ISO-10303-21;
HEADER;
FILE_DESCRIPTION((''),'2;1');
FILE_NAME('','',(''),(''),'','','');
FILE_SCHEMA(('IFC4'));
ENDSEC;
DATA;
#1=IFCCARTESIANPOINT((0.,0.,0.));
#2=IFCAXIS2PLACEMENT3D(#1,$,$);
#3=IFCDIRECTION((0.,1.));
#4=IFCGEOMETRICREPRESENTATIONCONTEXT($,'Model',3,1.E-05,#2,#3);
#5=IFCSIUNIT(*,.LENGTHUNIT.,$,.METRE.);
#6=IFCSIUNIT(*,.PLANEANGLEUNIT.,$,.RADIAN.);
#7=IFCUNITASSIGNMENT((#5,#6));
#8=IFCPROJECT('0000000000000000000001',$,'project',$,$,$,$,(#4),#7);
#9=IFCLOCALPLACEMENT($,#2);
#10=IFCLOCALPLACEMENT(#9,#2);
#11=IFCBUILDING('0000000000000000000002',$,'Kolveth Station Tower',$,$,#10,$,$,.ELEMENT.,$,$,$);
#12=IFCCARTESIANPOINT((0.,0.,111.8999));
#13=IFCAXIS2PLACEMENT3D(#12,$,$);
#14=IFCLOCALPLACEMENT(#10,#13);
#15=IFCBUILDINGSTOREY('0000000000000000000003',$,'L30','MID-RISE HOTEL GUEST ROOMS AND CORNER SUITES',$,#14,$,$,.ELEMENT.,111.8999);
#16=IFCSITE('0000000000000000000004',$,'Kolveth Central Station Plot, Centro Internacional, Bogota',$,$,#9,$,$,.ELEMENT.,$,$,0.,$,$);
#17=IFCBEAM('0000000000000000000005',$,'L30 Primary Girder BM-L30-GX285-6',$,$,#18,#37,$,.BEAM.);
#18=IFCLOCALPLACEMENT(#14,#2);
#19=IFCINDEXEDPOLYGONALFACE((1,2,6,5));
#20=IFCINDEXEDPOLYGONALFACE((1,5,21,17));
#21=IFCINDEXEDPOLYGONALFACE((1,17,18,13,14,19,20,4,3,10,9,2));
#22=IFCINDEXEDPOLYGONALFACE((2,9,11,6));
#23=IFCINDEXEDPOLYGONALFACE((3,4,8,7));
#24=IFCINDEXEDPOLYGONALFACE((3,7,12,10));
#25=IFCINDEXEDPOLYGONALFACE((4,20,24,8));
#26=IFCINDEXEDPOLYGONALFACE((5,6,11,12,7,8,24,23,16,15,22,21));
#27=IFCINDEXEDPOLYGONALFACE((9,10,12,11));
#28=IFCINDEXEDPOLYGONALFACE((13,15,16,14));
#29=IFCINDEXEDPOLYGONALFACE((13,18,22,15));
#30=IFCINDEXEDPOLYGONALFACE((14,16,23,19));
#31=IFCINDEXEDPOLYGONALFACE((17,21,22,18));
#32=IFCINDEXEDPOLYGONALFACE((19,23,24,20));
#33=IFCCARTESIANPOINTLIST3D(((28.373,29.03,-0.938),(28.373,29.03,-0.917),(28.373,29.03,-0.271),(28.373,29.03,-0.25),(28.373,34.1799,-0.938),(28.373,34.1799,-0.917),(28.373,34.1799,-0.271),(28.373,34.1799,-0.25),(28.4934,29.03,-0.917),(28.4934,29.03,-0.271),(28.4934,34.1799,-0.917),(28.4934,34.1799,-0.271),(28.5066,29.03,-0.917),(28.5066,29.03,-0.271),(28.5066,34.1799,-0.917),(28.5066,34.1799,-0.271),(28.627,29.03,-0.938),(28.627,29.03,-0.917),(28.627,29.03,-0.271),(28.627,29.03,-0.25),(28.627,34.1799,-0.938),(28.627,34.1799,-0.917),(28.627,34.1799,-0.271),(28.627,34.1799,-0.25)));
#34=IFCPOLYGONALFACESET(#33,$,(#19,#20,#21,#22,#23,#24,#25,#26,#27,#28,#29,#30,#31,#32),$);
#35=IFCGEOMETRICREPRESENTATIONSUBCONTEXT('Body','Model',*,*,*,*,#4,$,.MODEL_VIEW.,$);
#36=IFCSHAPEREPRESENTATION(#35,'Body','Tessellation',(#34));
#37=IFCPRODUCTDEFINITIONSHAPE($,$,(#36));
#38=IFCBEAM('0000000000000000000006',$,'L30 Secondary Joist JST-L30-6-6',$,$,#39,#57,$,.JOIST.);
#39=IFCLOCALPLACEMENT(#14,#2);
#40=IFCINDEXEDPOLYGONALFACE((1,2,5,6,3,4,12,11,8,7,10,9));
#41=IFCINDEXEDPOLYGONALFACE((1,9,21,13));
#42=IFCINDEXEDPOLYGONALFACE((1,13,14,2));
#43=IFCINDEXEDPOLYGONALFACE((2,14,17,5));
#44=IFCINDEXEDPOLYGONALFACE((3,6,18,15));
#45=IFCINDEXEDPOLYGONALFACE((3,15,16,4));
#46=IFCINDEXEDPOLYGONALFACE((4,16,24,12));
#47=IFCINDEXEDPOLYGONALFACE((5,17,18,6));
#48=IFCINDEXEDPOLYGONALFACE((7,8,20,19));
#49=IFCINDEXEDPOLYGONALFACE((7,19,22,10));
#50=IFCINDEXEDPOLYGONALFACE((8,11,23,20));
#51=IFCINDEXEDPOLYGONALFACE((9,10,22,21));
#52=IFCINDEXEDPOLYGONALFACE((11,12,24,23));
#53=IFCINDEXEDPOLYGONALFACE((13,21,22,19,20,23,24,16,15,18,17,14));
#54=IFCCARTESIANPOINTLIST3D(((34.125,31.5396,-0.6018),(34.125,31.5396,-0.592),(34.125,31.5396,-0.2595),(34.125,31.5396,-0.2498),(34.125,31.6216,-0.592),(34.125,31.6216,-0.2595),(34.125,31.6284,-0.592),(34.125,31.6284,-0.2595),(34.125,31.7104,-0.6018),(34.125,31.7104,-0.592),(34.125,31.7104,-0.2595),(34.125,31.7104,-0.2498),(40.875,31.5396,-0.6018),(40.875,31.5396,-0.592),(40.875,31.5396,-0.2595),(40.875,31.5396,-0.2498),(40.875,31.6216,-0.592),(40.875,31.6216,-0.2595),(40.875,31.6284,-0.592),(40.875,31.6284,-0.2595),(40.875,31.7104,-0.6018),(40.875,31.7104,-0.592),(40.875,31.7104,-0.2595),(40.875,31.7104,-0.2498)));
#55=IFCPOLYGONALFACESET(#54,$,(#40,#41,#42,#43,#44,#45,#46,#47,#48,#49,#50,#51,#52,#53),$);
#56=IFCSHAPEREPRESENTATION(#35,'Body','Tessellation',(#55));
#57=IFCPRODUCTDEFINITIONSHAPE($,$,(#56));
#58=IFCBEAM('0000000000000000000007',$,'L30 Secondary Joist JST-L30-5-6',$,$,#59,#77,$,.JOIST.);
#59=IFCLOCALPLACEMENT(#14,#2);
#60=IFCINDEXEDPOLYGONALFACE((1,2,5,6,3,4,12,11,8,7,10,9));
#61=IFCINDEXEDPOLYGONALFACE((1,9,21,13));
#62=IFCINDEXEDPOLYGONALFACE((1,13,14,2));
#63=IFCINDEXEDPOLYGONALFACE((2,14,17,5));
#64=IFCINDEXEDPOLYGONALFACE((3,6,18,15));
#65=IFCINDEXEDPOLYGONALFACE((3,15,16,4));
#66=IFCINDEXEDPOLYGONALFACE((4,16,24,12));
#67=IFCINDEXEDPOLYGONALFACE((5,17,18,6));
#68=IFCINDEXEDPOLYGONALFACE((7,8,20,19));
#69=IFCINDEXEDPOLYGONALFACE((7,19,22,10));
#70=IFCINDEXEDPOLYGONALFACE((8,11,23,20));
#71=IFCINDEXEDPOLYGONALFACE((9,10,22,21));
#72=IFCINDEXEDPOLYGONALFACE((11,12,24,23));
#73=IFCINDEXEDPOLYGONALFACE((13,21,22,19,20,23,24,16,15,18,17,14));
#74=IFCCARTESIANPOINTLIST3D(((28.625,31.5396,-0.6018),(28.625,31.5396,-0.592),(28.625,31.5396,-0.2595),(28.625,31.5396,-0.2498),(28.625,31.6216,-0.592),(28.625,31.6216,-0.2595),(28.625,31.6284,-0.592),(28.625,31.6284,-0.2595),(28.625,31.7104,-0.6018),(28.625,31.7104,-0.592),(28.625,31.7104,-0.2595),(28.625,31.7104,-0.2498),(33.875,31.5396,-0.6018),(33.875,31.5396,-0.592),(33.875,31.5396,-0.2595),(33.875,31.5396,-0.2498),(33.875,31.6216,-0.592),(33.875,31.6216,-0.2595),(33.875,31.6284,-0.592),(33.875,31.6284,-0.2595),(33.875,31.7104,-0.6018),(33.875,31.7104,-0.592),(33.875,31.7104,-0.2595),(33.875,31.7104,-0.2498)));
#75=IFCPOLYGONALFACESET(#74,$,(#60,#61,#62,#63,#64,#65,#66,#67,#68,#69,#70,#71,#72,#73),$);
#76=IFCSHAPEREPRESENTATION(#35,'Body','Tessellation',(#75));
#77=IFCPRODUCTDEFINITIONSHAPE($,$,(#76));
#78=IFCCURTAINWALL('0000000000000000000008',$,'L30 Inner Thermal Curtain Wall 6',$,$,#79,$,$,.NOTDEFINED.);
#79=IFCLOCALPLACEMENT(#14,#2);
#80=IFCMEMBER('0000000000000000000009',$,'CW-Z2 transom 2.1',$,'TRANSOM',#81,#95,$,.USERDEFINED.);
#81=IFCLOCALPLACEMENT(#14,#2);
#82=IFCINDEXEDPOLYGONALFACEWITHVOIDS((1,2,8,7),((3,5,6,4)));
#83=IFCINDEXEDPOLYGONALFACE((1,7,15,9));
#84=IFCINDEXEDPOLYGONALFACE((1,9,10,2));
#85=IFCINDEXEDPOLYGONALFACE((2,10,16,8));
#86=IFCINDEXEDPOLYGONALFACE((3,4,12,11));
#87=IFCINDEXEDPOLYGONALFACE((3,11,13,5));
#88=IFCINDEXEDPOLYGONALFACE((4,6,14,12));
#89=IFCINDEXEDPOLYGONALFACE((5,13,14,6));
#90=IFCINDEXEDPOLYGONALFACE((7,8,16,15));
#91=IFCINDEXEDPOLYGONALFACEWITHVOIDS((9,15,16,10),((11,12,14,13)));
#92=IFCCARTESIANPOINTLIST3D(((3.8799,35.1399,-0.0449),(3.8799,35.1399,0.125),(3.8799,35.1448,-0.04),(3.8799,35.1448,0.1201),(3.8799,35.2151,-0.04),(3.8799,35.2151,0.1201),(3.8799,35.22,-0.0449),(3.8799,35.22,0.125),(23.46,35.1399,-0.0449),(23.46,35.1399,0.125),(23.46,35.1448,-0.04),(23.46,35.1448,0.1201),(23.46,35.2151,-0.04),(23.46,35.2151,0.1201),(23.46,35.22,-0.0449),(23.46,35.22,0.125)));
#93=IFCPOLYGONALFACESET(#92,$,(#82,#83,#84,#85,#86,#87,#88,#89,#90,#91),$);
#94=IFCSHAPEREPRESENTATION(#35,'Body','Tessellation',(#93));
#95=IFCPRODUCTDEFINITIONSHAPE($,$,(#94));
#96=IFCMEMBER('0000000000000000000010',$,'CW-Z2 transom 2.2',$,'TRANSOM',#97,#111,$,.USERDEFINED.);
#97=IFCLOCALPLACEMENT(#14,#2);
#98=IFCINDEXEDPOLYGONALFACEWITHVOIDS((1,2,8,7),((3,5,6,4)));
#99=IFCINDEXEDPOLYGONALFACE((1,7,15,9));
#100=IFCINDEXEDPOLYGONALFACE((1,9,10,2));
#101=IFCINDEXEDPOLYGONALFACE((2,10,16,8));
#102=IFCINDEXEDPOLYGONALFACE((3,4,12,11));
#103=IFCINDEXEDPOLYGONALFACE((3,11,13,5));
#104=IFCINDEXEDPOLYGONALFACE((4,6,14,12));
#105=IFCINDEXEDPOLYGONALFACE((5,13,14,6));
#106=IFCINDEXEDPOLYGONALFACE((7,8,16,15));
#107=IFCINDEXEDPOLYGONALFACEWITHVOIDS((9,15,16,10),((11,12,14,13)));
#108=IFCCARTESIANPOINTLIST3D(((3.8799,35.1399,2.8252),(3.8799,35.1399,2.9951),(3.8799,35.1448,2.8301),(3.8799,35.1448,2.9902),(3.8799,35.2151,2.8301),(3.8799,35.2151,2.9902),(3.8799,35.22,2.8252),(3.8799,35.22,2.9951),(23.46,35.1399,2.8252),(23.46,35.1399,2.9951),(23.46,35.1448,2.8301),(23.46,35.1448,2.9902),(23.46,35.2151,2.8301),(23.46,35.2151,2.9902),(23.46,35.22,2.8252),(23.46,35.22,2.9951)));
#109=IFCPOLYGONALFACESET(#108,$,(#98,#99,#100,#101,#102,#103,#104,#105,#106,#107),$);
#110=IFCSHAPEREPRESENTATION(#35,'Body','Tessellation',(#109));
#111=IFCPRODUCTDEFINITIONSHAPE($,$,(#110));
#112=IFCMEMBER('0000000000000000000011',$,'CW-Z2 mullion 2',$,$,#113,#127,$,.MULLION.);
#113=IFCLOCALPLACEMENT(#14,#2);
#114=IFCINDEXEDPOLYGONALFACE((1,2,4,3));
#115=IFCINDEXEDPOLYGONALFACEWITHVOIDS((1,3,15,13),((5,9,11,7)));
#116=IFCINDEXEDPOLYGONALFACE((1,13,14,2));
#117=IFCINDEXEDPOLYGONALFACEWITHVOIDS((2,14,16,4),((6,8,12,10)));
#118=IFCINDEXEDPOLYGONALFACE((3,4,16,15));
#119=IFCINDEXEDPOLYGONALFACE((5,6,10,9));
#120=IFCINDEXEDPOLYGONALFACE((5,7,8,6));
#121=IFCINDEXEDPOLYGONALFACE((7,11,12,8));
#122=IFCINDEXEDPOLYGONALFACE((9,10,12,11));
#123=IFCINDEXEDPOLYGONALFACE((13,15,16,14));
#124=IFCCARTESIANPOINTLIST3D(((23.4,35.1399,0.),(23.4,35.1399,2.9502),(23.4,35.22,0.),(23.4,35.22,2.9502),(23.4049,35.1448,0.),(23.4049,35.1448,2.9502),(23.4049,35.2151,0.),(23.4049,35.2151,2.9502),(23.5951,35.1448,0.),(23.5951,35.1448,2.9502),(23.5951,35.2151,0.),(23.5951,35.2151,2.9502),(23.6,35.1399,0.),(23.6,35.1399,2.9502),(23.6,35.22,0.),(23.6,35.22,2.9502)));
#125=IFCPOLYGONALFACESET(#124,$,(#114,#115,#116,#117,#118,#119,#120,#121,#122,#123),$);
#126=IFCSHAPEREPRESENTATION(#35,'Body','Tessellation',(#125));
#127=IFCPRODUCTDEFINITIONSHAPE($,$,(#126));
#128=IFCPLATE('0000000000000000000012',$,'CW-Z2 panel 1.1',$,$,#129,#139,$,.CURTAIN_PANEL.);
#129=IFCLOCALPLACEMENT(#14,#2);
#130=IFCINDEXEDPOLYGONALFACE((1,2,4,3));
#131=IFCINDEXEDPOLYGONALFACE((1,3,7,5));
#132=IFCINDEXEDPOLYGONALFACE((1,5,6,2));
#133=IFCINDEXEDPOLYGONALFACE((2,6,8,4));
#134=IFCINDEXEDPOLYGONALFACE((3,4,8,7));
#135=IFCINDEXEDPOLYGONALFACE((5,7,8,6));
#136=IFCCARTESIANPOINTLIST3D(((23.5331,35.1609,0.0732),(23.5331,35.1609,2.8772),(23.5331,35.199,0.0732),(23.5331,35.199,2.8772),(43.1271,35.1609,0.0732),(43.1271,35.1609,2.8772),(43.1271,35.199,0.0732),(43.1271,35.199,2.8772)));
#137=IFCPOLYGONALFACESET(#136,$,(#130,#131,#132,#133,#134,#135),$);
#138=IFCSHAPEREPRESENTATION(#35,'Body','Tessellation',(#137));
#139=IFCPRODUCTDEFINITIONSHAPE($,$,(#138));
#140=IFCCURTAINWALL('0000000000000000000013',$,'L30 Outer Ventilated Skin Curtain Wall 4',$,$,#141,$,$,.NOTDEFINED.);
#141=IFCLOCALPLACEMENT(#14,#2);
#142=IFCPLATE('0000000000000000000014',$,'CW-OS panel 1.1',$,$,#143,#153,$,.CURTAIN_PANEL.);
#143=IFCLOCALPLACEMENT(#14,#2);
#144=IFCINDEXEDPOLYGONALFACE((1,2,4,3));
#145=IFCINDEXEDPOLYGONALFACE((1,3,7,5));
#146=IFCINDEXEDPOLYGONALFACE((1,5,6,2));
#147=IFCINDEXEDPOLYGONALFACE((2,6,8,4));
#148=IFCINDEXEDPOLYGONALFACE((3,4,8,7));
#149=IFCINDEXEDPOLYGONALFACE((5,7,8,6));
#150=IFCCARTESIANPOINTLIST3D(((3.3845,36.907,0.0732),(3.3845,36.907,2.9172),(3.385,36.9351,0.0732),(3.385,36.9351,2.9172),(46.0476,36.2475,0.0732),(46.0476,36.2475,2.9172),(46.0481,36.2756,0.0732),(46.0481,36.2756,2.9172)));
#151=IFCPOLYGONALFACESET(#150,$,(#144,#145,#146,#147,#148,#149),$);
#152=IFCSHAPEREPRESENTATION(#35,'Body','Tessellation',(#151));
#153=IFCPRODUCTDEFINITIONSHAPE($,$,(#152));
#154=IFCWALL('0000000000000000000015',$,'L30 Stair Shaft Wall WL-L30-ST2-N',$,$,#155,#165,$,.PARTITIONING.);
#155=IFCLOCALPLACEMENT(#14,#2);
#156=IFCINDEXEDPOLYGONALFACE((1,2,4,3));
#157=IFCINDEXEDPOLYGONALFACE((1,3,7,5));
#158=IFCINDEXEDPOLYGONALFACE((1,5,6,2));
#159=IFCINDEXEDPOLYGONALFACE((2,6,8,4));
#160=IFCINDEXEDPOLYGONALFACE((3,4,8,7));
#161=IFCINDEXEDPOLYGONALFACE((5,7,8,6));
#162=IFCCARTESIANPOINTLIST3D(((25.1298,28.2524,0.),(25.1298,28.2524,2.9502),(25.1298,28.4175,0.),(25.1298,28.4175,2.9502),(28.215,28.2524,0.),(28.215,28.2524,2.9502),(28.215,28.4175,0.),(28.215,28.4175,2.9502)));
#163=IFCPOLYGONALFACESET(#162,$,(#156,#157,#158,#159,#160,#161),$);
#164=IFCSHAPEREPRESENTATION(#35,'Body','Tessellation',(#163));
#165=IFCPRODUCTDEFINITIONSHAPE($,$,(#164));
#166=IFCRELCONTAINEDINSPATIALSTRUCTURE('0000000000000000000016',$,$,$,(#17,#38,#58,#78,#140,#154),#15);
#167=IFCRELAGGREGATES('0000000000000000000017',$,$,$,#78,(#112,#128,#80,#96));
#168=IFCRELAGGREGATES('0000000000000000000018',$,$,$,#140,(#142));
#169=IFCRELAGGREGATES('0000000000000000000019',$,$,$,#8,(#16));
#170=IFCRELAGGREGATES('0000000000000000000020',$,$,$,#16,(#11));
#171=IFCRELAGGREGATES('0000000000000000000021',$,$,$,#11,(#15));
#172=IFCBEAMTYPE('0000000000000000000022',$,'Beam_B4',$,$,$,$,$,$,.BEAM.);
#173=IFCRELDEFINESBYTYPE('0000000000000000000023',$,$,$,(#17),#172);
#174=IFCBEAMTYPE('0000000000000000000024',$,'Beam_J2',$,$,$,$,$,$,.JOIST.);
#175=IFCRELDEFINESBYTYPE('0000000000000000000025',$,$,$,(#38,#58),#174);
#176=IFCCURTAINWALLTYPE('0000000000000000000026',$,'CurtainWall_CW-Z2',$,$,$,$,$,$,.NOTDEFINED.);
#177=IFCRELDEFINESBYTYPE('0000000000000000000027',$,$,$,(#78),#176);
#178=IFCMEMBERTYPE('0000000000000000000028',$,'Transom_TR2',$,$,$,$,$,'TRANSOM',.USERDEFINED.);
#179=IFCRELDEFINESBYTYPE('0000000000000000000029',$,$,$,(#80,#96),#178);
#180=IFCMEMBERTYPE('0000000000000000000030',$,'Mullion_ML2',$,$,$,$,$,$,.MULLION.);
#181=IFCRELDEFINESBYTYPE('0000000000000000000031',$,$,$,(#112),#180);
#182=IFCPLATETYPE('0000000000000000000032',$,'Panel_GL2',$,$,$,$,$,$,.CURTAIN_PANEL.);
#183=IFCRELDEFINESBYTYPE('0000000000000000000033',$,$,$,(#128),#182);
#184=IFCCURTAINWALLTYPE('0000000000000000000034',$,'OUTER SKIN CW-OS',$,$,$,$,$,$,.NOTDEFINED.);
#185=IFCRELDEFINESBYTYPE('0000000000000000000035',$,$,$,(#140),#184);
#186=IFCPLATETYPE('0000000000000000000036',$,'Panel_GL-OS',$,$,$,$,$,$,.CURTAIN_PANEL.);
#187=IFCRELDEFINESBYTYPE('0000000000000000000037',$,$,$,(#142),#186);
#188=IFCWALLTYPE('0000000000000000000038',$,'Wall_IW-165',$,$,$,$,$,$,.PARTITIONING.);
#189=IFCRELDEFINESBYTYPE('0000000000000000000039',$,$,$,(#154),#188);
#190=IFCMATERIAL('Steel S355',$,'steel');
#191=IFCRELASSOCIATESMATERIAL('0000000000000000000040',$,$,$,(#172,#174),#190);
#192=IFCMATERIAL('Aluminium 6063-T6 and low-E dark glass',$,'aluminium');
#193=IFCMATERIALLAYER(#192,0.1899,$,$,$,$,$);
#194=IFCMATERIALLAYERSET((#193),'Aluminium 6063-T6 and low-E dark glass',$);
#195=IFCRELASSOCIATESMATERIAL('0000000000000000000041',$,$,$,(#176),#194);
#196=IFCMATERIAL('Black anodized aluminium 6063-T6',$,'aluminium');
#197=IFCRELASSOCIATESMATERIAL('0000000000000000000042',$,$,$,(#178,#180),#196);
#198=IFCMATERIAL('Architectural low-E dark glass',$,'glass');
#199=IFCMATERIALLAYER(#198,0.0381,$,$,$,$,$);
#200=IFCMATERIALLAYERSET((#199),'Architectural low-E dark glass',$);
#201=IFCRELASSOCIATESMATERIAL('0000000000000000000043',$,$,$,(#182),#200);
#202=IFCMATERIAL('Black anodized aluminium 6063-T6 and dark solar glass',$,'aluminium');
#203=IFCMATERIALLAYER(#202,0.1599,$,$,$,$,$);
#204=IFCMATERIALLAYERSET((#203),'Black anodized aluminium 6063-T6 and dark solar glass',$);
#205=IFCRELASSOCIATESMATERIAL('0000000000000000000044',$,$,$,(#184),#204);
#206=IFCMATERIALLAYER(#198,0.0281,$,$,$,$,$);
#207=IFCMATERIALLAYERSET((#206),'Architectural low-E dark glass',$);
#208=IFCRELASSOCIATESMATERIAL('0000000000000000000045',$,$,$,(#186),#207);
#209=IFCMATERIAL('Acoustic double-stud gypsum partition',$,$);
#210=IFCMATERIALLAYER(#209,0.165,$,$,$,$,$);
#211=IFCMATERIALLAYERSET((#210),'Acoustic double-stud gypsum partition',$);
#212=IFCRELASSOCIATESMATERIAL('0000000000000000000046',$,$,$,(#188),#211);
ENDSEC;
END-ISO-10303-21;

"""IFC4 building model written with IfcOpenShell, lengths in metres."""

from ifc_helpers import new_model, si_unit, direction, frame, frame_2d, origin, origin_2d, place, context, subcontext, project, spatial, rectangle, hollow_rectangle, i_section, extrude, source, transform, mapped, material, layer, layer_set, material_profile, profile_set, type_object, element, aggregate, save


model = new_model("IFC4")

# Units and contexts
model_context = context("Model", 3, precision=1e-05, world=origin(), true_north=direction((0.0, 1.0)))
body_context = subcontext(model_context, "Body", "Model", "MODEL_VIEW")
ifc_project = project(units=[si_unit("LENGTHUNIT", "METRE"), si_unit("PLANEANGLEUNIT", "RADIAN")], contexts=[model_context])

# Site, building, storey
site_placement = place(None, origin())
site = spatial("IfcSite", under=ifc_project, at=site_placement, Name="Kolveth Central Station Plot, Centro Internacional, Bogota", CompositionType="ELEMENT", RefElevation=0.0)
building_placement = place(site_placement, origin())
building = spatial("IfcBuilding", under=site, at=building_placement, Name="Kolveth Station Tower", CompositionType="ELEMENT")
storey_placement = place(building_placement, frame((0.0, 0.0, 111.8999)))
storey = spatial("IfcBuildingStorey", under=building, at=storey_placement, Name="L30", Description="MID-RISE HOTEL GUEST ROOMS AND CORNER SUITES", CompositionType="ELEMENT", Elevation=111.8999)

# Shared definitions
ifc_material_1 = material(Name="Steel S355", Category="steel")

# Beams
ifc_material_profile_1 = material_profile(ifc_material_1, i_section(OverallWidth=0.2539, OverallDepth=0.688, WebThickness=0.0132, FlangeThickness=0.021, at=origin_2d()), Name="W690x152")
ifc_profile_set_1 = profile_set([ifc_material_profile_1], Name="Steel S355")
beam_type_1 = type_object("IfcBeamType", Name="Beam_B4", PredefinedType="BEAM", material=ifc_profile_set_1)
shared_shape_1 = source(origin(), body_context, "Body", "SweptSolid", [
    extrude(i_section(OverallWidth=0.2539, OverallDepth=0.688, WebThickness=0.0132, FlangeThickness=0.021, at=origin_2d()), origin(), (0.0, 0.0, 1.0), 5.1499),
])
beam_1_placement = place(storey_placement, frame((28.5, 29.03, -0.594), z_axis=(0.0, 1.0, 0.0), x_axis=(-1.0, 0.0, 0.0)))
element("IfcBeam", 1, at=beam_1_placement, inside=storey, type_object=beam_type_1, Name="L30 Primary Girder BM-L30-GX285-6", PredefinedType="BEAM", context=body_context, shape_type="MappedRepresentation", body=[
    mapped(shared_shape_1, transform((0.0, 0.0, 0.0), x_axis=(1.0, 0.0, 0.0), y_axis=(0.0, 1.0, 0.0), z_axis=(0.0, 0.0, 1.0), scale=1.0)),
])
ifc_material_profile_2 = material_profile(ifc_material_1, i_section(OverallWidth=0.1709, OverallDepth=0.3521, WebThickness=0.0068, FlangeThickness=0.0098, at=origin_2d()), Name="W360x44")
ifc_profile_set_2 = profile_set([ifc_material_profile_2], Name="Steel S355")
beam_type_2 = type_object("IfcBeamType", Name="Beam_J2", PredefinedType="JOIST", material=ifc_profile_set_2)
shared_shape_2 = source(origin(), body_context, "Body", "SweptSolid", [
    extrude(i_section(OverallWidth=0.1709, OverallDepth=0.3521, WebThickness=0.0068, FlangeThickness=0.0098, at=origin_2d()), origin(), (0.0, 0.0, 1.0), 6.75),
])
beam_2_placement = place(storey_placement, frame((34.125, 31.625, -0.4258), z_axis=(1.0, 0.0, 0.0), x_axis=(0.0, 1.0, 0.0)))
element("IfcBeam", 2, at=beam_2_placement, inside=storey, type_object=beam_type_2, Name="L30 Secondary Joist JST-L30-6-6", PredefinedType="JOIST", context=body_context, shape_type="MappedRepresentation", body=[
    mapped(shared_shape_2, transform((0.0, 0.0, 0.0), x_axis=(1.0, 0.0, 0.0), y_axis=(0.0, 1.0, 0.0), z_axis=(0.0, 0.0, 1.0), scale=1.0)),
])
shared_shape_3 = source(origin(), body_context, "Body", "SweptSolid", [
    extrude(i_section(OverallWidth=0.1709, OverallDepth=0.3521, WebThickness=0.0068, FlangeThickness=0.0098, at=origin_2d()), origin(), (0.0, 0.0, 1.0), 5.25),
])
beam_3_placement = place(storey_placement, frame((28.625, 31.625, -0.4258), z_axis=(1.0, 0.0, 0.0), x_axis=(0.0, 1.0, 0.0)))
element("IfcBeam", 3, at=beam_3_placement, inside=storey, type_object=beam_type_2, Name="L30 Secondary Joist JST-L30-5-6", PredefinedType="JOIST", context=body_context, shape_type="MappedRepresentation", body=[
    mapped(shared_shape_3, transform((0.0, 0.0, 0.0), x_axis=(1.0, 0.0, 0.0), y_axis=(0.0, 1.0, 0.0), z_axis=(0.0, 0.0, 1.0), scale=1.0)),
])

# Curtain wall, members, plate
ifc_material_2 = material(Name="Aluminium 6063-T6 and low-E dark glass", Category="aluminium")
ifc_layer_1 = layer(ifc_material_2, 0.1899)
ifc_layer_set_1 = layer_set([ifc_layer_1], Name="Aluminium 6063-T6 and low-E dark glass")
curtain_wall_type_1 = type_object("IfcCurtainWallType", Name="CurtainWall_CW-Z2", PredefinedType="NOTDEFINED", material=ifc_layer_set_1)
curtain_wall_1_placement = place(storey_placement, origin())
curtain_wall_1 = element("IfcCurtainWall", 4, at=curtain_wall_1_placement, inside=storey, type_object=curtain_wall_type_1, Name="L30 Inner Thermal Curtain Wall 6", PredefinedType="NOTDEFINED")
ifc_material_3 = material(Name="Black anodized aluminium 6063-T6", Category="aluminium")
ifc_material_profile_3 = material_profile(ifc_material_3, hollow_rectangle(XDim=0.0801, YDim=0.1699, WallThickness=0.0049, at=origin_2d()), Name="ALU-80x170x5")
ifc_profile_set_3 = profile_set([ifc_material_profile_3], Name="Black anodized aluminium 6063-T6")
member_type_1 = type_object("IfcMemberType", Name="Transom_TR2", ElementType="TRANSOM", PredefinedType="USERDEFINED", material=ifc_profile_set_3)
shared_shape_4 = source(origin(), body_context, "Body", "SweptSolid", [
    extrude(hollow_rectangle(XDim=0.0801, YDim=0.1699, WallThickness=0.0049, at=origin_2d()), origin(), (0.0, 0.0, 1.0), 19.5801),
])
member_1_placement = place(storey_placement, frame((23.46, 35.1799, 0.04), z_axis=(-1.0, 0.0, 0.0), x_axis=(0.0, -1.0, 0.0)))
member_1 = element("IfcMember", 5, at=member_1_placement, type_object=member_type_1, Name="CW-Z2 transom 2.1", ObjectType="TRANSOM", PredefinedType="USERDEFINED", context=body_context, shape_type="MappedRepresentation", body=[
    mapped(shared_shape_4, transform((0.0, 0.0, 0.0), x_axis=(1.0, 0.0, 0.0), y_axis=(0.0, 1.0, 0.0), z_axis=(0.0, 0.0, 1.0), scale=1.0)),
])
member_2_placement = place(storey_placement, frame((23.46, 35.1799, 2.9102), z_axis=(-1.0, 0.0, 0.0), x_axis=(0.0, -1.0, 0.0)))
member_2 = element("IfcMember", 6, at=member_2_placement, type_object=member_type_1, Name="CW-Z2 transom 2.2", ObjectType="TRANSOM", PredefinedType="USERDEFINED", context=body_context, shape_type="MappedRepresentation", body=[
    mapped(shared_shape_4, transform((0.0, 0.0, 0.0), x_axis=(1.0, 0.0, 0.0), y_axis=(0.0, 1.0, 0.0), z_axis=(0.0, 0.0, 1.0), scale=1.0)),
])
ifc_material_profile_4 = material_profile(ifc_material_3, hollow_rectangle(XDim=0.0801, YDim=0.2, WallThickness=0.0049, at=origin_2d()), Name="ALU-80x200x5")
ifc_profile_set_4 = profile_set([ifc_material_profile_4], Name="Black anodized aluminium 6063-T6")
member_type_2 = type_object("IfcMemberType", Name="Mullion_ML2", PredefinedType="MULLION", material=ifc_profile_set_4)
shared_shape_5 = source(origin(), body_context, "Body", "SweptSolid", [
    extrude(hollow_rectangle(XDim=0.0801, YDim=0.2, WallThickness=0.0049, at=origin_2d()), origin(), (0.0, 0.0, 1.0), 2.9502),
])
member_3_placement = place(storey_placement, frame((23.5, 35.1799, 0.0), z_axis=(0.0, 0.0, 1.0), x_axis=(0.0, -1.0, 0.0)))
member_3 = element("IfcMember", 7, at=member_3_placement, type_object=member_type_2, Name="CW-Z2 mullion 2", PredefinedType="MULLION", context=body_context, shape_type="MappedRepresentation", body=[
    mapped(shared_shape_5, transform((0.0, 0.0, 0.0), x_axis=(1.0, 0.0, 0.0), y_axis=(0.0, 1.0, 0.0), z_axis=(0.0, 0.0, 1.0), scale=1.0)),
])
ifc_material_4 = material(Name="Architectural low-E dark glass", Category="glass")
ifc_layer_2 = layer(ifc_material_4, 0.0381)
ifc_layer_set_2 = layer_set([ifc_layer_2], Name="Architectural low-E dark glass")
plate_type_1 = type_object("IfcPlateType", Name="Panel_GL2", PredefinedType="CURTAIN_PANEL", material=ifc_layer_set_2)
shared_shape_6 = source(origin(), body_context, "Body", "SweptSolid", [
    extrude(rectangle(XDim=19.594, YDim=0.0381, at=origin_2d()), origin(), (0.0, 0.0, 1.0), 2.804),
])
plate_1_placement = place(storey_placement, frame((33.3301, 35.1799, 0.0732), z_axis=(0.0, 0.0, 1.0), x_axis=(-1.0, 0.0, 0.0)))
plate_1 = element("IfcPlate", 8, at=plate_1_placement, type_object=plate_type_1, Name="CW-Z2 panel 1.1", PredefinedType="CURTAIN_PANEL", context=body_context, shape_type="MappedRepresentation", body=[
    mapped(shared_shape_6, transform((0.0, 0.0, 0.0), x_axis=(1.0, 0.0, 0.0), y_axis=(0.0, 1.0, 0.0), z_axis=(0.0, 0.0, 1.0), scale=1.0)),
])
aggregate(curtain_wall_1, [member_3, plate_1, member_1, member_2])

# Curtain wall, plate
ifc_material_5 = material(Name="Black anodized aluminium 6063-T6 and dark solar glass", Category="aluminium")
ifc_layer_3 = layer(ifc_material_5, 0.1599)
ifc_layer_set_3 = layer_set([ifc_layer_3], Name="Black anodized aluminium 6063-T6 and dark solar glass")
curtain_wall_type_2 = type_object("IfcCurtainWallType", Name="OUTER SKIN CW-OS", PredefinedType="NOTDEFINED", material=ifc_layer_set_3)
curtain_wall_2_placement = place(storey_placement, origin())
curtain_wall_2 = element("IfcCurtainWall", 9, at=curtain_wall_2_placement, inside=storey, type_object=curtain_wall_type_2, Name="L30 Outer Ventilated Skin Curtain Wall 4", PredefinedType="NOTDEFINED")
ifc_layer_4 = layer(ifc_material_4, 0.0281)
ifc_layer_set_4 = layer_set([ifc_layer_4], Name="Architectural low-E dark glass")
plate_type_2 = type_object("IfcPlateType", Name="Panel_GL-OS", PredefinedType="CURTAIN_PANEL", material=ifc_layer_set_4)
shared_shape_7 = source(origin(), body_context, "Body", "SweptSolid", [
    extrude(rectangle(XDim=42.6682, YDim=0.0281, at=origin_2d()), origin(), (0.0, 0.0, 1.0), 2.844),
])
plate_2_placement = place(storey_placement, frame((24.7163, 36.5913, 0.0732), z_axis=(0.0, 0.0, 1.0), x_axis=(-0.999881, 0.015457, 0.0)))
plate_2 = element("IfcPlate", 10, at=plate_2_placement, type_object=plate_type_2, Name="CW-OS panel 1.1", PredefinedType="CURTAIN_PANEL", context=body_context, shape_type="MappedRepresentation", body=[
    mapped(shared_shape_7, transform((0.0, 0.0, 0.0), x_axis=(1.0, 0.0, 0.0), y_axis=(0.0, 1.0, 0.0), z_axis=(0.0, 0.0, 1.0), scale=1.0)),
])
aggregate(curtain_wall_2, [plate_2])

# Wall
ifc_material_6 = material(Name="Acoustic double-stud gypsum partition")
ifc_layer_5 = layer(ifc_material_6, 0.165)
ifc_layer_set_5 = layer_set([ifc_layer_5], Name="Acoustic double-stud gypsum partition")
wall_type = type_object("IfcWallType", Name="Wall_IW-165", PredefinedType="PARTITIONING", material=ifc_layer_set_5)
wall_1_placement = place(storey_placement, frame((25.1299, 28.335, 0.0), z_axis=(0.0, 0.0, 1.0), x_axis=(1.0, 0.0, 0.0)))
element("IfcWall", 11, at=wall_1_placement, inside=storey, type_object=wall_type, Name="L30 Stair Shaft Wall WL-L30-ST2-N", PredefinedType="PARTITIONING", context=body_context, shape_type="SweptSolid", body=[
    extrude(rectangle(XDim=3.0852, YDim=0.165, at=frame_2d((1.5425, 0.0))), origin(), (0.0, 0.0, 1.0), 2.9502),
])

save(model, "model.ifc")
